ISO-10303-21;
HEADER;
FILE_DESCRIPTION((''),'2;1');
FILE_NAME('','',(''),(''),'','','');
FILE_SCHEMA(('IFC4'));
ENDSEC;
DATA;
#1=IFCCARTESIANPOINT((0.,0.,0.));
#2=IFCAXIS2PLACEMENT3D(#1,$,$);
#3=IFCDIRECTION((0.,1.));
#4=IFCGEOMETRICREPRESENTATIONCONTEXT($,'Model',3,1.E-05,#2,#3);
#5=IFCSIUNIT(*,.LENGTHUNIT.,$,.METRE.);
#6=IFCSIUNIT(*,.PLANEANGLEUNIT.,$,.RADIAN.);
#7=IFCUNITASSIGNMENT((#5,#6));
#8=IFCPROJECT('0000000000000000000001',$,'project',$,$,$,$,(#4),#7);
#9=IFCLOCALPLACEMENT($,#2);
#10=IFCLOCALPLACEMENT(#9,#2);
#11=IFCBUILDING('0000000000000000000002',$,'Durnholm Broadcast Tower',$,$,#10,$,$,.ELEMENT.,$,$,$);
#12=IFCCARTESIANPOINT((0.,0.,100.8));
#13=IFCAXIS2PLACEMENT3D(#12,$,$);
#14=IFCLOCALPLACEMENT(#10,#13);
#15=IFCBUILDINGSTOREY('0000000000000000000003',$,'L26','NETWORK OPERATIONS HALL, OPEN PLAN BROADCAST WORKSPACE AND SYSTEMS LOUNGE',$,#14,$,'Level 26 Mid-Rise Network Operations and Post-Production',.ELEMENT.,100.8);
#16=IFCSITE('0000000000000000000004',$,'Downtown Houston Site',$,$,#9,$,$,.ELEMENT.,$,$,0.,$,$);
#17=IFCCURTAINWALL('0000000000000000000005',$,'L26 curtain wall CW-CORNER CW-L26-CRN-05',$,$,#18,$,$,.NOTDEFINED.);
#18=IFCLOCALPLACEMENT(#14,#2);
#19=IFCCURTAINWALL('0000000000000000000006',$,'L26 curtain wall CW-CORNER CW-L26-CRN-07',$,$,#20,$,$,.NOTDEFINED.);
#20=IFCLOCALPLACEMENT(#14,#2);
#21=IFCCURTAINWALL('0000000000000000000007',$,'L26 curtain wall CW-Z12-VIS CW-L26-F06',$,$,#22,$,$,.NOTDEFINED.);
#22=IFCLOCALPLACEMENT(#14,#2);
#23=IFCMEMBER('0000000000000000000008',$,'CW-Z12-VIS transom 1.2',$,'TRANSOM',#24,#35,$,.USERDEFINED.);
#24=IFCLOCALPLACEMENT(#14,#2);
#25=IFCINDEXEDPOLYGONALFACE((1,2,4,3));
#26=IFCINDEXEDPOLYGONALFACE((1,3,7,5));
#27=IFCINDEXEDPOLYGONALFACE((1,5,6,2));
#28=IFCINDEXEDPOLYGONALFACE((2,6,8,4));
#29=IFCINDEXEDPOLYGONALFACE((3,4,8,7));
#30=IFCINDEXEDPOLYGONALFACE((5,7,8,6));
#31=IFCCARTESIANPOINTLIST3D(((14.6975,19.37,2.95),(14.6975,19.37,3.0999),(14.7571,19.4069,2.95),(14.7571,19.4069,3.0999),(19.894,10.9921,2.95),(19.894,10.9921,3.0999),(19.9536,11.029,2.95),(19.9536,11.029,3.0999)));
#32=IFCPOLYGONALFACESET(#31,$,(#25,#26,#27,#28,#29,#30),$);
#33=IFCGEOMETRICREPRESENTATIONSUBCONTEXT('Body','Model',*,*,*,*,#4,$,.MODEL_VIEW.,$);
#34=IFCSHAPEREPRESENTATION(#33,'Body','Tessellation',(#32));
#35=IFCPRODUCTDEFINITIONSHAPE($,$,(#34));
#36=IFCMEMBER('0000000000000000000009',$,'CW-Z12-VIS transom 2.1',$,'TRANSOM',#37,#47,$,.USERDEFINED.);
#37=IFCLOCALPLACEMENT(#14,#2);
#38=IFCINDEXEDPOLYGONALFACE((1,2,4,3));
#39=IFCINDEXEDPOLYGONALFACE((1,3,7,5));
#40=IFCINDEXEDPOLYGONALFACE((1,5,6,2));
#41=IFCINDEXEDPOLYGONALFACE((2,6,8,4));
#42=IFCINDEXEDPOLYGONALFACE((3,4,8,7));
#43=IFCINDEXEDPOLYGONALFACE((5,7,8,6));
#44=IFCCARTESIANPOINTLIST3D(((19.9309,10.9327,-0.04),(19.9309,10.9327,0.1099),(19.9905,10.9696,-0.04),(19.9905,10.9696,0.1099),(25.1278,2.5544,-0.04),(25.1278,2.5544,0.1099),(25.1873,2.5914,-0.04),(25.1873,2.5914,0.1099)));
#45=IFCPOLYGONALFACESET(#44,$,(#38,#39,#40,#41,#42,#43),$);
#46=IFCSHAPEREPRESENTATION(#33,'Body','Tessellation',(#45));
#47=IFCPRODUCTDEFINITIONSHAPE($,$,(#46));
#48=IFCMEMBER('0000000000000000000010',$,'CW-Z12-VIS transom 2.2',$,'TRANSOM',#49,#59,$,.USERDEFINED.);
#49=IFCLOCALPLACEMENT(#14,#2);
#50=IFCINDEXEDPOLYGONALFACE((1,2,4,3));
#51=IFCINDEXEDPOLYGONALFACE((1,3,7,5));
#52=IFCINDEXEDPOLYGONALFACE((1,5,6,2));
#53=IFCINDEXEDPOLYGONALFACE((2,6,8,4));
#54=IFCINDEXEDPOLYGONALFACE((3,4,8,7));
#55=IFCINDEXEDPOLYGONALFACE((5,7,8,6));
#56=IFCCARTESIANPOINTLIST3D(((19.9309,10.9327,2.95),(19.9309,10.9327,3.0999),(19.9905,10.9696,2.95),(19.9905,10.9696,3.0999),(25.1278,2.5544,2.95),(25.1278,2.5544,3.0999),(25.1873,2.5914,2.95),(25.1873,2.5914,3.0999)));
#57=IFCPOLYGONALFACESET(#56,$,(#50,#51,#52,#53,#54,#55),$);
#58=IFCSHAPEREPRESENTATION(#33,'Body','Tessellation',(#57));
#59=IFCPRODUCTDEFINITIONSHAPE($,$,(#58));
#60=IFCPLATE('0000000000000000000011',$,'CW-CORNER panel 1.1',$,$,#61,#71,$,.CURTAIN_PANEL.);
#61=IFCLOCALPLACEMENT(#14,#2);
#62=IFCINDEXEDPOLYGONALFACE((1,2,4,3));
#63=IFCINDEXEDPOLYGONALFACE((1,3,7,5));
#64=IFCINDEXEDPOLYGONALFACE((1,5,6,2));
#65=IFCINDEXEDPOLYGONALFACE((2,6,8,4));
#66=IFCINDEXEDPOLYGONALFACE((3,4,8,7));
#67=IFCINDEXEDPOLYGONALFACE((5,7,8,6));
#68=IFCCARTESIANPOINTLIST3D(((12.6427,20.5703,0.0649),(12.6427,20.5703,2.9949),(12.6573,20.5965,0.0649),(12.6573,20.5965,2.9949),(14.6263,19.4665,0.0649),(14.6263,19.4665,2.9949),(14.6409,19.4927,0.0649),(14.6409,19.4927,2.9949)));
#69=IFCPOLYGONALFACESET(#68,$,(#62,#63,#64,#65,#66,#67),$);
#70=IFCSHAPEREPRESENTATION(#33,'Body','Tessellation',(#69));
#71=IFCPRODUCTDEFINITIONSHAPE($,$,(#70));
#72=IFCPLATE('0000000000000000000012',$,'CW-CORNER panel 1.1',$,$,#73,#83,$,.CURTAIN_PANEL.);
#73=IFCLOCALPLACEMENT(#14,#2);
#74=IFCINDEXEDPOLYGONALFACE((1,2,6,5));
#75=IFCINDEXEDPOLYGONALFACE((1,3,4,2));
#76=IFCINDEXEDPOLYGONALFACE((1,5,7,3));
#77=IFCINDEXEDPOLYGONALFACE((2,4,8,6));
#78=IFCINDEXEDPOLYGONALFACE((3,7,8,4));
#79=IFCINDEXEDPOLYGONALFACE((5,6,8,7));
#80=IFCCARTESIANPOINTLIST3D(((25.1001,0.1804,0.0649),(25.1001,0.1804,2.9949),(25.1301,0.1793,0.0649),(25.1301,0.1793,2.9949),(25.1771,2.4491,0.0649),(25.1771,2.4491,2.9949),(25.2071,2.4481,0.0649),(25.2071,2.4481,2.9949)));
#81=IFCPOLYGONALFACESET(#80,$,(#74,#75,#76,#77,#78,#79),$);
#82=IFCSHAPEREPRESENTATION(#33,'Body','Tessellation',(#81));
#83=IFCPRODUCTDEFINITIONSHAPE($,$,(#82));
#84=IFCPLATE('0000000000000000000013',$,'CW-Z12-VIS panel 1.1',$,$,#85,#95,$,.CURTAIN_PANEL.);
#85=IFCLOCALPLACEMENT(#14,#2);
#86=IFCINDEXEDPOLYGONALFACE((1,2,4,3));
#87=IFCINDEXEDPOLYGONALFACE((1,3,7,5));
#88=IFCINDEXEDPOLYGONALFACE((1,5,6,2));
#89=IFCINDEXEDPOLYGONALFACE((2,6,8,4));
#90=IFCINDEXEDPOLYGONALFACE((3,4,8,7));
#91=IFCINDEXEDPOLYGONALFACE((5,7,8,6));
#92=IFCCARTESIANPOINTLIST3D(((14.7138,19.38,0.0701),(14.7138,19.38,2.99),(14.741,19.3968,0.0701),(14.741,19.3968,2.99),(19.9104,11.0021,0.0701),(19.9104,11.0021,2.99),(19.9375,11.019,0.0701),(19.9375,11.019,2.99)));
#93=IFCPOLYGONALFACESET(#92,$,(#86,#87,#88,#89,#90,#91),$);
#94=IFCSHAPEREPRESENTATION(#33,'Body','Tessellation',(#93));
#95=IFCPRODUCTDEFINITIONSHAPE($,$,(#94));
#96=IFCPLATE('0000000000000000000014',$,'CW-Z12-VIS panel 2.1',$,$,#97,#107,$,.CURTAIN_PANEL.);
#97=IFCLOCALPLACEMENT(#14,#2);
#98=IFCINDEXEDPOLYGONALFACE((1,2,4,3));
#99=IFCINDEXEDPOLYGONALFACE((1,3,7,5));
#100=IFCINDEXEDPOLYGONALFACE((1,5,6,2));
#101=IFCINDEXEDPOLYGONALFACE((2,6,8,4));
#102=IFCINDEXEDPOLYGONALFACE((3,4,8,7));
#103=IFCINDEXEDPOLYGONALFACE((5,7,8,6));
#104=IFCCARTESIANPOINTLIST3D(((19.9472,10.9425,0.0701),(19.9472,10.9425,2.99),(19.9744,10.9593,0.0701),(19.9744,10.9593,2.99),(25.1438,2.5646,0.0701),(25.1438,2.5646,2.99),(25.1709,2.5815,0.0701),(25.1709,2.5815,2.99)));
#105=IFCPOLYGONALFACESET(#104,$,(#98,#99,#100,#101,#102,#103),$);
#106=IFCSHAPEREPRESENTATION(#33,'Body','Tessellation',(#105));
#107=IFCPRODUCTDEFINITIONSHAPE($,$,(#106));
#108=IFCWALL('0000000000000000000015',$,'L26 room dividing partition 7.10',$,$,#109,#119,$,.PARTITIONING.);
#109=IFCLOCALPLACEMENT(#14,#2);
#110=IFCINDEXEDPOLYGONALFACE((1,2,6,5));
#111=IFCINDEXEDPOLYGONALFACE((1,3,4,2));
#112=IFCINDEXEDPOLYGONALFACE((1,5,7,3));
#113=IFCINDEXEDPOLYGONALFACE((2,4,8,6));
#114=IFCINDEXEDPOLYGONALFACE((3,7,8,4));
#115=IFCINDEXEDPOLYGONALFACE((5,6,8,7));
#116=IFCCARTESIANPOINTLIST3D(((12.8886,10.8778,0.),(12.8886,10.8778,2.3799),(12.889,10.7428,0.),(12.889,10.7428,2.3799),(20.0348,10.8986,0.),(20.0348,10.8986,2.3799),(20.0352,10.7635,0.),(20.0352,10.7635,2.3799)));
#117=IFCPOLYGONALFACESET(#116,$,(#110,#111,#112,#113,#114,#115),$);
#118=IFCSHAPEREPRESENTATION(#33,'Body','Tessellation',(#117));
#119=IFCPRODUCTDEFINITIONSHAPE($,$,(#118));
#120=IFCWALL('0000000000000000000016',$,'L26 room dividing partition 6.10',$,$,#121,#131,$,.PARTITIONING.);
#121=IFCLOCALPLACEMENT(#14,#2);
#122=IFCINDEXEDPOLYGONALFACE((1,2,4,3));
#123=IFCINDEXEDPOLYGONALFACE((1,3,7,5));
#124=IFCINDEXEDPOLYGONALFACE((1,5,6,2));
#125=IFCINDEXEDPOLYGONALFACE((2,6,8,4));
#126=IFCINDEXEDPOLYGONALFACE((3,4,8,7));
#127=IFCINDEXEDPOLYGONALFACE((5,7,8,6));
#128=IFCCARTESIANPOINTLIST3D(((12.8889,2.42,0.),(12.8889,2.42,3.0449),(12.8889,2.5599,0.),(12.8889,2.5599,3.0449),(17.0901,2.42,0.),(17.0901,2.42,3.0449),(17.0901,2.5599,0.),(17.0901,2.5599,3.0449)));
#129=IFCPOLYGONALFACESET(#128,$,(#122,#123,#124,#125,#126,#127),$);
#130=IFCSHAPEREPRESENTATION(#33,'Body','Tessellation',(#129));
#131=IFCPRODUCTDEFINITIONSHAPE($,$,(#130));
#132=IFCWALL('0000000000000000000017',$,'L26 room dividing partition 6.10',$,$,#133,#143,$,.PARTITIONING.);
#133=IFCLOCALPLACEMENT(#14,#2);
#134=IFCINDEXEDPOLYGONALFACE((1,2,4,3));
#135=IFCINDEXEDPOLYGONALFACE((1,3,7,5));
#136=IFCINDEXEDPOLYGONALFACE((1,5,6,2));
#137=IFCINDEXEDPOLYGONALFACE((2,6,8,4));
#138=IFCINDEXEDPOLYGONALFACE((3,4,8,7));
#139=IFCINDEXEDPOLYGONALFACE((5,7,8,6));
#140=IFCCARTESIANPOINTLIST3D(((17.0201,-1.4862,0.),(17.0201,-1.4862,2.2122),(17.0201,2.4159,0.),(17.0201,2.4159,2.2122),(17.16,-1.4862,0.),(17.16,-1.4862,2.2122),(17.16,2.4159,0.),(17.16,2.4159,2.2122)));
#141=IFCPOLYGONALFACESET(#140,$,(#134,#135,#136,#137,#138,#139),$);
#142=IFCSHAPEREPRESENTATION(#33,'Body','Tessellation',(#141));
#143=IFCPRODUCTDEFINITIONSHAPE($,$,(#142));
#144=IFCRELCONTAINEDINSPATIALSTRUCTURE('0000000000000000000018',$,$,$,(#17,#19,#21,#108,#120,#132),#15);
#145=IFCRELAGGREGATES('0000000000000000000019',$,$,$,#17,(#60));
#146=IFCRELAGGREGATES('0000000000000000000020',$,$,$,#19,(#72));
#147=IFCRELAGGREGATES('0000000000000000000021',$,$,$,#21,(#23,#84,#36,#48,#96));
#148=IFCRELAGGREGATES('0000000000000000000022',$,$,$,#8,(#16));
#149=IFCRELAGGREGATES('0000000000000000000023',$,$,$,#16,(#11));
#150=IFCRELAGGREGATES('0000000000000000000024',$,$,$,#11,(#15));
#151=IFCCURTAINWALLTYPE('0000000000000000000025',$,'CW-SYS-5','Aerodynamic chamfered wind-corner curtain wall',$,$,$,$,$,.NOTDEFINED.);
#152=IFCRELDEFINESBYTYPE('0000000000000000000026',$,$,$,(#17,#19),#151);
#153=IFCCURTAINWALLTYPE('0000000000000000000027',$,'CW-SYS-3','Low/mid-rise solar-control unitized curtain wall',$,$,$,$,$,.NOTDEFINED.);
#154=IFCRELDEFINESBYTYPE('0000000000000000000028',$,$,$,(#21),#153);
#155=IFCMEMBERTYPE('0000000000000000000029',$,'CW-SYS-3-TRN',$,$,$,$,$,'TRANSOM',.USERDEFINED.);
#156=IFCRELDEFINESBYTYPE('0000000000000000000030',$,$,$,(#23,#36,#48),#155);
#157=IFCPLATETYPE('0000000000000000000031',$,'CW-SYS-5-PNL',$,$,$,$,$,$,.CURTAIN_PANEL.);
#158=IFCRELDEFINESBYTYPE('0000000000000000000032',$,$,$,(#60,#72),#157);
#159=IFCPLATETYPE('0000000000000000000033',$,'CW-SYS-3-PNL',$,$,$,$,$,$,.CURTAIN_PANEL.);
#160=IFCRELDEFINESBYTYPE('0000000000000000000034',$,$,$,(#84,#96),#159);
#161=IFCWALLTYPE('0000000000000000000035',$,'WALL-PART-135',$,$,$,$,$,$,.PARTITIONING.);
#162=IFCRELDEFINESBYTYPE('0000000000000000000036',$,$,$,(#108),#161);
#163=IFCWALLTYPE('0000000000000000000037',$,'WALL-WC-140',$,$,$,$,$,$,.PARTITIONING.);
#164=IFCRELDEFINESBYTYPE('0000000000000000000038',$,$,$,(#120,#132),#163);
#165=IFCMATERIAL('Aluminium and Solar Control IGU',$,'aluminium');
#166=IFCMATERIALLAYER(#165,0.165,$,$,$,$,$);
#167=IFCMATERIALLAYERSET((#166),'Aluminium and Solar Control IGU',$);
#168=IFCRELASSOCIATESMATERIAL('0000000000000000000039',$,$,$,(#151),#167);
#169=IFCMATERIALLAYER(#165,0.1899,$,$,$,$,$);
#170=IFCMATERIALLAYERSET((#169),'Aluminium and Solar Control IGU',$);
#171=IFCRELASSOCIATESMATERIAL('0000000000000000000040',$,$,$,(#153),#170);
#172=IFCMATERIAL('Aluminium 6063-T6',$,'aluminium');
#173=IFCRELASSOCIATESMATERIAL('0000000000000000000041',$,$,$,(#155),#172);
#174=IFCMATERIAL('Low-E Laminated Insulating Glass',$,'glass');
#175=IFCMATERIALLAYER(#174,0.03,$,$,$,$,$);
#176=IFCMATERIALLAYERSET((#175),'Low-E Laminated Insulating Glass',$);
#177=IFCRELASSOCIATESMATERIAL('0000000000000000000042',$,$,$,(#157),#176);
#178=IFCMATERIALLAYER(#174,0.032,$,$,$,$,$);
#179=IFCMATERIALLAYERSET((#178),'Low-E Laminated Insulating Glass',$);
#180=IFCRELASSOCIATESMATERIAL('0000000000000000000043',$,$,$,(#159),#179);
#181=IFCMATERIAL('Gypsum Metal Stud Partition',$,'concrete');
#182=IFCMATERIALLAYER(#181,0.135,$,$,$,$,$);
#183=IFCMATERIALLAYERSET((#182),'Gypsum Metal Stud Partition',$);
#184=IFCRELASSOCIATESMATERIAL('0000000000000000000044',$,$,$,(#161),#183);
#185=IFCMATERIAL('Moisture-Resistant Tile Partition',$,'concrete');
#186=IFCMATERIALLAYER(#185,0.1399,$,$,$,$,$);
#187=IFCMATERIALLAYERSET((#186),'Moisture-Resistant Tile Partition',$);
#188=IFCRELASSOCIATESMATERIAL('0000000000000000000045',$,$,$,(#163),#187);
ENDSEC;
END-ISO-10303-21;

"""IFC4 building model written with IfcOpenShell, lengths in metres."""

from ifc_helpers import new_model, si_unit, direction, frame, frame_2d, origin, origin_2d, place, context, subcontext, project, spatial, rectangle, extrude, source, transform, mapped, material, layer, layer_set, material_profile, profile_set, type_object, type_shapes, element, aggregate, save


model = new_model("IFC4")

# Units and contexts
model_context = context("Model", 3, precision=1e-05, world=origin(), true_north=direction((0.0, 1.0)))
body_context = subcontext(model_context, "Body", "Model", "MODEL_VIEW")
ifc_project = project(units=[si_unit("LENGTHUNIT", "METRE"), si_unit("PLANEANGLEUNIT", "RADIAN")], contexts=[model_context])

# Site, building, storey
site_placement = place(None, origin())
site = spatial("IfcSite", under=ifc_project, at=site_placement, Name="Downtown Houston Site", CompositionType="ELEMENT", RefElevation=0.0)
building_placement = place(site_placement, origin())
building = spatial("IfcBuilding", under=site, at=building_placement, Name="Durnholm Broadcast Tower", CompositionType="ELEMENT")
storey_placement = place(building_placement, frame((0.0, 0.0, 100.8)))
storey = spatial("IfcBuildingStorey", under=building, at=storey_placement, Name="L26", Description="NETWORK OPERATIONS HALL, OPEN PLAN BROADCAST WORKSPACE AND SYSTEMS LOUNGE", LongName="Level 26 Mid-Rise Network Operations and Post-Production", CompositionType="ELEMENT", Elevation=100.8)

# Curtain wall
ifc_material_1 = material(Name="Aluminium and Solar Control IGU", Category="aluminium")
ifc_layer_1 = layer(ifc_material_1, 0.165)
ifc_layer_set_1 = layer_set([ifc_layer_1], Name="Aluminium and Solar Control IGU")
curtain_wall_type_1 = type_object("IfcCurtainWallType", Name="CW-SYS-5", Description="Aerodynamic chamfered wind-corner curtain wall", PredefinedType="NOTDEFINED", material=ifc_layer_set_1)
curtain_wall_1_placement = place(storey_placement, origin())
curtain_wall_1 = element("IfcCurtainWall", 1, at=curtain_wall_1_placement, inside=storey, type_object=curtain_wall_type_1, Name="L26 curtain wall CW-CORNER CW-L26-CRN-05", PredefinedType="NOTDEFINED")
ifc_material_2 = material(Name="Aluminium 6063-T6", Category="aluminium")

# Curtain walls
curtain_wall_2_placement = place(storey_placement, origin())
curtain_wall_2 = element("IfcCurtainWall", 2, at=curtain_wall_2_placement, inside=storey, type_object=curtain_wall_type_1, Name="L26 curtain wall CW-CORNER CW-L26-CRN-07", PredefinedType="NOTDEFINED")
ifc_layer_2 = layer(ifc_material_1, 0.1899)
ifc_layer_set_2 = layer_set([ifc_layer_2], Name="Aluminium and Solar Control IGU")
curtain_wall_type_2 = type_object("IfcCurtainWallType", Name="CW-SYS-3", Description="Low/mid-rise solar-control unitized curtain wall", PredefinedType="NOTDEFINED", material=ifc_layer_set_2)
curtain_wall_3_placement = place(storey_placement, origin())
curtain_wall_3 = element("IfcCurtainWall", 3, at=curtain_wall_3_placement, inside=storey, type_object=curtain_wall_type_2, Name="L26 curtain wall CW-Z12-VIS CW-L26-F06", PredefinedType="NOTDEFINED")

# Members
ifc_material_profile_1 = material_profile(ifc_material_2, rectangle(XDim=0.0701, YDim=0.1499, at=origin_2d()), Name="CWT70X150")
ifc_profile_set_1 = profile_set([ifc_material_profile_1], Name="Aluminium 6063-T6")
member_type_1 = type_object("IfcMemberType", Name="CW-SYS-3-TRN", ElementType="TRANSOM", PredefinedType="USERDEFINED", material=ifc_profile_set_1)
shared_shape_1 = source(origin(), body_context, "Body", "SweptSolid", [
    extrude(rectangle(XDim=0.0701, YDim=0.1499, at=origin_2d()), origin(), (0.0, 0.0, 1.0), 9.8586),
])
member_1_placement = place(storey_placement, frame((14.7273, 19.3884, 3.0249), z_axis=(0.527102, -0.849802, 0.0), x_axis=(0.849802, 0.527102, 0.0)))
member_1 = element("IfcMember", 4, at=member_1_placement, type_object=member_type_1, Name="CW-Z12-VIS transom 1.2", ObjectType="TRANSOM", PredefinedType="USERDEFINED", context=body_context, shape_type="MappedRepresentation", body=[
    mapped(shared_shape_1, transform((0.0, 0.0, 0.0), x_axis=(1.0, 0.0, 0.0), y_axis=(0.0, 1.0, 0.0), z_axis=(0.0, 0.0, 1.0), scale=1.0)),
])
shared_shape_2 = source(origin(), body_context, "Body", "SweptSolid", [
    extrude(rectangle(XDim=0.0701, YDim=0.1499, at=origin_2d()), origin(), (0.0, 0.0, 1.0), 9.8591),
])
type_shapes(member_type_1, [shared_shape_1, shared_shape_2])
member_2_placement = place(storey_placement, frame((19.9607, 10.9512, 0.0349), z_axis=(0.527109, -0.849798, 0.0), x_axis=(0.849798, 0.527109, 0.0)))
member_2 = element("IfcMember", 5, at=member_2_placement, type_object=member_type_1, Name="CW-Z12-VIS transom 2.1", ObjectType="TRANSOM", PredefinedType="USERDEFINED", context=body_context, shape_type="MappedRepresentation", body=[
    mapped(shared_shape_2, transform((0.0, 0.0, 0.0), x_axis=(1.0, 0.0, 0.0), y_axis=(0.0, 1.0, 0.0), z_axis=(0.0, 0.0, 1.0), scale=1.0)),
])
member_3_placement = place(storey_placement, frame((19.9607, 10.9512, 3.0249), z_axis=(0.527109, -0.849798, 0.0), x_axis=(0.849798, 0.527109, 0.0)))
member_3 = element("IfcMember", 6, at=member_3_placement, type_object=member_type_1, Name="CW-Z12-VIS transom 2.2", ObjectType="TRANSOM", PredefinedType="USERDEFINED", context=body_context, shape_type="MappedRepresentation", body=[
    mapped(shared_shape_2, transform((0.0, 0.0, 0.0), x_axis=(1.0, 0.0, 0.0), y_axis=(0.0, 1.0, 0.0), z_axis=(0.0, 0.0, 1.0), scale=1.0)),
])

# Plates
ifc_material_3 = material(Name="Low-E Laminated Insulating Glass", Category="glass")
ifc_layer_3 = layer(ifc_material_3, 0.03)
ifc_layer_set_3 = layer_set([ifc_layer_3], Name="Low-E Laminated Insulating Glass")
plate_type_1 = type_object("IfcPlateType", Name="CW-SYS-5-PNL", PredefinedType="CURTAIN_PANEL", material=ifc_layer_set_3)
shared_shape_3 = source(origin(), body_context, "Body", "SweptSolid", [
    extrude(rectangle(XDim=2.27, YDim=0.03, at=origin_2d()), origin(), (0.0, 0.0, 1.0), 2.9299),
])
type_shapes(plate_type_1, [shared_shape_3])
plate_1_placement = place(storey_placement, frame((13.6418, 20.0315, 0.0649), z_axis=(0.0, 0.0, 1.0), x_axis=(0.873823, -0.486244, 0.0)))
plate_1 = element("IfcPlate", 7, at=plate_1_placement, type_object=plate_type_1, Name="CW-CORNER panel 1.1", PredefinedType="CURTAIN_PANEL", context=body_context, shape_type="MappedRepresentation", body=[
    mapped(shared_shape_3, transform((0.0, 0.0, 0.0), x_axis=(1.0, 0.0, 0.0), y_axis=(0.0, 1.0, 0.0), z_axis=(0.0, 0.0, 1.0), scale=1.0)),
])
aggregate(curtain_wall_1, [plate_1])
plate_2_placement = place(storey_placement, frame((25.1536, 1.3142, 0.0649), z_axis=(0.0, 0.0, 1.0), x_axis=(-0.033917, -0.999425, 0.0)))
plate_2 = element("IfcPlate", 8, at=plate_2_placement, type_object=plate_type_1, Name="CW-CORNER panel 1.1", PredefinedType="CURTAIN_PANEL", context=body_context, shape_type="MappedRepresentation", body=[
    mapped(shared_shape_3, transform((0.0, 0.0, 0.0), x_axis=(1.0, 0.0, 0.0), y_axis=(0.0, 1.0, 0.0), z_axis=(0.0, 0.0, 1.0), scale=1.0)),
])
aggregate(curtain_wall_2, [plate_2])
ifc_layer_4 = layer(ifc_material_3, 0.032)
ifc_layer_set_4 = layer_set([ifc_layer_4], Name="Low-E Laminated Insulating Glass")
plate_type_2 = type_object("IfcPlateType", Name="CW-SYS-3-PNL", PredefinedType="CURTAIN_PANEL", material=ifc_layer_set_4)
shared_shape_4 = source(origin(), body_context, "Body", "SweptSolid", [
    extrude(rectangle(XDim=9.8586, YDim=0.032, at=origin_2d()), origin(), (0.0, 0.0, 1.0), 2.9199),
])
type_shapes(plate_type_2, [shared_shape_4])
plate_3_placement = place(storey_placement, frame((17.3257, 15.1995, 0.0701), z_axis=(0.0, 0.0, 1.0), x_axis=(0.527105, -0.8498, 0.0)))
plate_3 = element("IfcPlate", 9, at=plate_3_placement, type_object=plate_type_2, Name="CW-Z12-VIS panel 1.1", PredefinedType="CURTAIN_PANEL", context=body_context, shape_type="MappedRepresentation", body=[
    mapped(shared_shape_4, transform((0.0, 0.0, 0.0), x_axis=(1.0, 0.0, 0.0), y_axis=(0.0, 1.0, 0.0), z_axis=(0.0, 0.0, 1.0), scale=1.0)),
])
plate_4_placement = place(storey_placement, frame((22.5591, 6.762, 0.0701), z_axis=(0.0, 0.0, 1.0), x_axis=(0.527105, -0.8498, 0.0)))
plate_4 = element("IfcPlate", 10, at=plate_4_placement, type_object=plate_type_2, Name="CW-Z12-VIS panel 2.1", PredefinedType="CURTAIN_PANEL", context=body_context, shape_type="MappedRepresentation", body=[
    mapped(shared_shape_4, transform((0.0, 0.0, 0.0), x_axis=(1.0, 0.0, 0.0), y_axis=(0.0, 1.0, 0.0), z_axis=(0.0, 0.0, 1.0), scale=1.0)),
])
aggregate(curtain_wall_3, [member_1, plate_3, member_2, member_3, plate_4])

# Walls
ifc_material_4 = material(Name="Gypsum Metal Stud Partition", Category="concrete")
ifc_layer_5 = layer(ifc_material_4, 0.135)
ifc_layer_set_5 = layer_set([ifc_layer_5], Name="Gypsum Metal Stud Partition")
wall_type_1 = type_object("IfcWallType", Name="WALL-PART-135", PredefinedType="PARTITIONING", material=ifc_layer_set_5)
wall_1_placement = place(storey_placement, frame((20.0352, 10.8311, 0.0), z_axis=(0.0, 0.0, 1.0), x_axis=(-0.999996, -0.002904, 0.0)))
element("IfcWall", 11, at=wall_1_placement, inside=storey, type_object=wall_type_1, Name="L26 room dividing partition 7.10", PredefinedType="PARTITIONING", context=body_context, shape_type="SweptSolid", body=[
    extrude(rectangle(XDim=7.1462, YDim=0.135, at=frame_2d((3.5732, 0.0))), origin(), (0.0, 0.0, 1.0), 2.3799),
])
ifc_material_5 = material(Name="Moisture-Resistant Tile Partition", Category="concrete")
ifc_layer_6 = layer(ifc_material_5, 0.1399)
ifc_layer_set_6 = layer_set([ifc_layer_6], Name="Moisture-Resistant Tile Partition")
wall_type_2 = type_object("IfcWallType", Name="WALL-WC-140", PredefinedType="PARTITIONING", material=ifc_layer_set_6)
wall_2_placement = place(storey_placement, frame((12.8889, 2.49, 0.0), z_axis=(0.0, 0.0, 1.0), x_axis=(1.0, 0.0, 0.0)))
element("IfcWall", 12, at=wall_2_placement, inside=storey, type_object=wall_type_2, Name="L26 room dividing partition 6.10", PredefinedType="PARTITIONING", context=body_context, shape_type="SweptSolid", body=[
    extrude(rectangle(XDim=4.2012, YDim=0.1399, at=frame_2d((2.1006, 0.0))), origin(), (0.0, 0.0, 1.0), 3.0449),
])
wall_3_placement = place(storey_placement, frame((17.0901, 2.416, 0.0), z_axis=(0.0, 0.0, 1.0), x_axis=(0.0, -1.0, 0.0)))
element("IfcWall", 13, at=wall_3_placement, inside=storey, type_object=wall_type_2, Name="L26 room dividing partition 6.10", PredefinedType="PARTITIONING", context=body_context, shape_type="SweptSolid", body=[
    extrude(rectangle(XDim=3.9021, YDim=0.1399, at=frame_2d((1.9512, 0.0))), origin(), (0.0, 0.0, 1.0), 2.2122),
])

save(model, "model.ifc")
